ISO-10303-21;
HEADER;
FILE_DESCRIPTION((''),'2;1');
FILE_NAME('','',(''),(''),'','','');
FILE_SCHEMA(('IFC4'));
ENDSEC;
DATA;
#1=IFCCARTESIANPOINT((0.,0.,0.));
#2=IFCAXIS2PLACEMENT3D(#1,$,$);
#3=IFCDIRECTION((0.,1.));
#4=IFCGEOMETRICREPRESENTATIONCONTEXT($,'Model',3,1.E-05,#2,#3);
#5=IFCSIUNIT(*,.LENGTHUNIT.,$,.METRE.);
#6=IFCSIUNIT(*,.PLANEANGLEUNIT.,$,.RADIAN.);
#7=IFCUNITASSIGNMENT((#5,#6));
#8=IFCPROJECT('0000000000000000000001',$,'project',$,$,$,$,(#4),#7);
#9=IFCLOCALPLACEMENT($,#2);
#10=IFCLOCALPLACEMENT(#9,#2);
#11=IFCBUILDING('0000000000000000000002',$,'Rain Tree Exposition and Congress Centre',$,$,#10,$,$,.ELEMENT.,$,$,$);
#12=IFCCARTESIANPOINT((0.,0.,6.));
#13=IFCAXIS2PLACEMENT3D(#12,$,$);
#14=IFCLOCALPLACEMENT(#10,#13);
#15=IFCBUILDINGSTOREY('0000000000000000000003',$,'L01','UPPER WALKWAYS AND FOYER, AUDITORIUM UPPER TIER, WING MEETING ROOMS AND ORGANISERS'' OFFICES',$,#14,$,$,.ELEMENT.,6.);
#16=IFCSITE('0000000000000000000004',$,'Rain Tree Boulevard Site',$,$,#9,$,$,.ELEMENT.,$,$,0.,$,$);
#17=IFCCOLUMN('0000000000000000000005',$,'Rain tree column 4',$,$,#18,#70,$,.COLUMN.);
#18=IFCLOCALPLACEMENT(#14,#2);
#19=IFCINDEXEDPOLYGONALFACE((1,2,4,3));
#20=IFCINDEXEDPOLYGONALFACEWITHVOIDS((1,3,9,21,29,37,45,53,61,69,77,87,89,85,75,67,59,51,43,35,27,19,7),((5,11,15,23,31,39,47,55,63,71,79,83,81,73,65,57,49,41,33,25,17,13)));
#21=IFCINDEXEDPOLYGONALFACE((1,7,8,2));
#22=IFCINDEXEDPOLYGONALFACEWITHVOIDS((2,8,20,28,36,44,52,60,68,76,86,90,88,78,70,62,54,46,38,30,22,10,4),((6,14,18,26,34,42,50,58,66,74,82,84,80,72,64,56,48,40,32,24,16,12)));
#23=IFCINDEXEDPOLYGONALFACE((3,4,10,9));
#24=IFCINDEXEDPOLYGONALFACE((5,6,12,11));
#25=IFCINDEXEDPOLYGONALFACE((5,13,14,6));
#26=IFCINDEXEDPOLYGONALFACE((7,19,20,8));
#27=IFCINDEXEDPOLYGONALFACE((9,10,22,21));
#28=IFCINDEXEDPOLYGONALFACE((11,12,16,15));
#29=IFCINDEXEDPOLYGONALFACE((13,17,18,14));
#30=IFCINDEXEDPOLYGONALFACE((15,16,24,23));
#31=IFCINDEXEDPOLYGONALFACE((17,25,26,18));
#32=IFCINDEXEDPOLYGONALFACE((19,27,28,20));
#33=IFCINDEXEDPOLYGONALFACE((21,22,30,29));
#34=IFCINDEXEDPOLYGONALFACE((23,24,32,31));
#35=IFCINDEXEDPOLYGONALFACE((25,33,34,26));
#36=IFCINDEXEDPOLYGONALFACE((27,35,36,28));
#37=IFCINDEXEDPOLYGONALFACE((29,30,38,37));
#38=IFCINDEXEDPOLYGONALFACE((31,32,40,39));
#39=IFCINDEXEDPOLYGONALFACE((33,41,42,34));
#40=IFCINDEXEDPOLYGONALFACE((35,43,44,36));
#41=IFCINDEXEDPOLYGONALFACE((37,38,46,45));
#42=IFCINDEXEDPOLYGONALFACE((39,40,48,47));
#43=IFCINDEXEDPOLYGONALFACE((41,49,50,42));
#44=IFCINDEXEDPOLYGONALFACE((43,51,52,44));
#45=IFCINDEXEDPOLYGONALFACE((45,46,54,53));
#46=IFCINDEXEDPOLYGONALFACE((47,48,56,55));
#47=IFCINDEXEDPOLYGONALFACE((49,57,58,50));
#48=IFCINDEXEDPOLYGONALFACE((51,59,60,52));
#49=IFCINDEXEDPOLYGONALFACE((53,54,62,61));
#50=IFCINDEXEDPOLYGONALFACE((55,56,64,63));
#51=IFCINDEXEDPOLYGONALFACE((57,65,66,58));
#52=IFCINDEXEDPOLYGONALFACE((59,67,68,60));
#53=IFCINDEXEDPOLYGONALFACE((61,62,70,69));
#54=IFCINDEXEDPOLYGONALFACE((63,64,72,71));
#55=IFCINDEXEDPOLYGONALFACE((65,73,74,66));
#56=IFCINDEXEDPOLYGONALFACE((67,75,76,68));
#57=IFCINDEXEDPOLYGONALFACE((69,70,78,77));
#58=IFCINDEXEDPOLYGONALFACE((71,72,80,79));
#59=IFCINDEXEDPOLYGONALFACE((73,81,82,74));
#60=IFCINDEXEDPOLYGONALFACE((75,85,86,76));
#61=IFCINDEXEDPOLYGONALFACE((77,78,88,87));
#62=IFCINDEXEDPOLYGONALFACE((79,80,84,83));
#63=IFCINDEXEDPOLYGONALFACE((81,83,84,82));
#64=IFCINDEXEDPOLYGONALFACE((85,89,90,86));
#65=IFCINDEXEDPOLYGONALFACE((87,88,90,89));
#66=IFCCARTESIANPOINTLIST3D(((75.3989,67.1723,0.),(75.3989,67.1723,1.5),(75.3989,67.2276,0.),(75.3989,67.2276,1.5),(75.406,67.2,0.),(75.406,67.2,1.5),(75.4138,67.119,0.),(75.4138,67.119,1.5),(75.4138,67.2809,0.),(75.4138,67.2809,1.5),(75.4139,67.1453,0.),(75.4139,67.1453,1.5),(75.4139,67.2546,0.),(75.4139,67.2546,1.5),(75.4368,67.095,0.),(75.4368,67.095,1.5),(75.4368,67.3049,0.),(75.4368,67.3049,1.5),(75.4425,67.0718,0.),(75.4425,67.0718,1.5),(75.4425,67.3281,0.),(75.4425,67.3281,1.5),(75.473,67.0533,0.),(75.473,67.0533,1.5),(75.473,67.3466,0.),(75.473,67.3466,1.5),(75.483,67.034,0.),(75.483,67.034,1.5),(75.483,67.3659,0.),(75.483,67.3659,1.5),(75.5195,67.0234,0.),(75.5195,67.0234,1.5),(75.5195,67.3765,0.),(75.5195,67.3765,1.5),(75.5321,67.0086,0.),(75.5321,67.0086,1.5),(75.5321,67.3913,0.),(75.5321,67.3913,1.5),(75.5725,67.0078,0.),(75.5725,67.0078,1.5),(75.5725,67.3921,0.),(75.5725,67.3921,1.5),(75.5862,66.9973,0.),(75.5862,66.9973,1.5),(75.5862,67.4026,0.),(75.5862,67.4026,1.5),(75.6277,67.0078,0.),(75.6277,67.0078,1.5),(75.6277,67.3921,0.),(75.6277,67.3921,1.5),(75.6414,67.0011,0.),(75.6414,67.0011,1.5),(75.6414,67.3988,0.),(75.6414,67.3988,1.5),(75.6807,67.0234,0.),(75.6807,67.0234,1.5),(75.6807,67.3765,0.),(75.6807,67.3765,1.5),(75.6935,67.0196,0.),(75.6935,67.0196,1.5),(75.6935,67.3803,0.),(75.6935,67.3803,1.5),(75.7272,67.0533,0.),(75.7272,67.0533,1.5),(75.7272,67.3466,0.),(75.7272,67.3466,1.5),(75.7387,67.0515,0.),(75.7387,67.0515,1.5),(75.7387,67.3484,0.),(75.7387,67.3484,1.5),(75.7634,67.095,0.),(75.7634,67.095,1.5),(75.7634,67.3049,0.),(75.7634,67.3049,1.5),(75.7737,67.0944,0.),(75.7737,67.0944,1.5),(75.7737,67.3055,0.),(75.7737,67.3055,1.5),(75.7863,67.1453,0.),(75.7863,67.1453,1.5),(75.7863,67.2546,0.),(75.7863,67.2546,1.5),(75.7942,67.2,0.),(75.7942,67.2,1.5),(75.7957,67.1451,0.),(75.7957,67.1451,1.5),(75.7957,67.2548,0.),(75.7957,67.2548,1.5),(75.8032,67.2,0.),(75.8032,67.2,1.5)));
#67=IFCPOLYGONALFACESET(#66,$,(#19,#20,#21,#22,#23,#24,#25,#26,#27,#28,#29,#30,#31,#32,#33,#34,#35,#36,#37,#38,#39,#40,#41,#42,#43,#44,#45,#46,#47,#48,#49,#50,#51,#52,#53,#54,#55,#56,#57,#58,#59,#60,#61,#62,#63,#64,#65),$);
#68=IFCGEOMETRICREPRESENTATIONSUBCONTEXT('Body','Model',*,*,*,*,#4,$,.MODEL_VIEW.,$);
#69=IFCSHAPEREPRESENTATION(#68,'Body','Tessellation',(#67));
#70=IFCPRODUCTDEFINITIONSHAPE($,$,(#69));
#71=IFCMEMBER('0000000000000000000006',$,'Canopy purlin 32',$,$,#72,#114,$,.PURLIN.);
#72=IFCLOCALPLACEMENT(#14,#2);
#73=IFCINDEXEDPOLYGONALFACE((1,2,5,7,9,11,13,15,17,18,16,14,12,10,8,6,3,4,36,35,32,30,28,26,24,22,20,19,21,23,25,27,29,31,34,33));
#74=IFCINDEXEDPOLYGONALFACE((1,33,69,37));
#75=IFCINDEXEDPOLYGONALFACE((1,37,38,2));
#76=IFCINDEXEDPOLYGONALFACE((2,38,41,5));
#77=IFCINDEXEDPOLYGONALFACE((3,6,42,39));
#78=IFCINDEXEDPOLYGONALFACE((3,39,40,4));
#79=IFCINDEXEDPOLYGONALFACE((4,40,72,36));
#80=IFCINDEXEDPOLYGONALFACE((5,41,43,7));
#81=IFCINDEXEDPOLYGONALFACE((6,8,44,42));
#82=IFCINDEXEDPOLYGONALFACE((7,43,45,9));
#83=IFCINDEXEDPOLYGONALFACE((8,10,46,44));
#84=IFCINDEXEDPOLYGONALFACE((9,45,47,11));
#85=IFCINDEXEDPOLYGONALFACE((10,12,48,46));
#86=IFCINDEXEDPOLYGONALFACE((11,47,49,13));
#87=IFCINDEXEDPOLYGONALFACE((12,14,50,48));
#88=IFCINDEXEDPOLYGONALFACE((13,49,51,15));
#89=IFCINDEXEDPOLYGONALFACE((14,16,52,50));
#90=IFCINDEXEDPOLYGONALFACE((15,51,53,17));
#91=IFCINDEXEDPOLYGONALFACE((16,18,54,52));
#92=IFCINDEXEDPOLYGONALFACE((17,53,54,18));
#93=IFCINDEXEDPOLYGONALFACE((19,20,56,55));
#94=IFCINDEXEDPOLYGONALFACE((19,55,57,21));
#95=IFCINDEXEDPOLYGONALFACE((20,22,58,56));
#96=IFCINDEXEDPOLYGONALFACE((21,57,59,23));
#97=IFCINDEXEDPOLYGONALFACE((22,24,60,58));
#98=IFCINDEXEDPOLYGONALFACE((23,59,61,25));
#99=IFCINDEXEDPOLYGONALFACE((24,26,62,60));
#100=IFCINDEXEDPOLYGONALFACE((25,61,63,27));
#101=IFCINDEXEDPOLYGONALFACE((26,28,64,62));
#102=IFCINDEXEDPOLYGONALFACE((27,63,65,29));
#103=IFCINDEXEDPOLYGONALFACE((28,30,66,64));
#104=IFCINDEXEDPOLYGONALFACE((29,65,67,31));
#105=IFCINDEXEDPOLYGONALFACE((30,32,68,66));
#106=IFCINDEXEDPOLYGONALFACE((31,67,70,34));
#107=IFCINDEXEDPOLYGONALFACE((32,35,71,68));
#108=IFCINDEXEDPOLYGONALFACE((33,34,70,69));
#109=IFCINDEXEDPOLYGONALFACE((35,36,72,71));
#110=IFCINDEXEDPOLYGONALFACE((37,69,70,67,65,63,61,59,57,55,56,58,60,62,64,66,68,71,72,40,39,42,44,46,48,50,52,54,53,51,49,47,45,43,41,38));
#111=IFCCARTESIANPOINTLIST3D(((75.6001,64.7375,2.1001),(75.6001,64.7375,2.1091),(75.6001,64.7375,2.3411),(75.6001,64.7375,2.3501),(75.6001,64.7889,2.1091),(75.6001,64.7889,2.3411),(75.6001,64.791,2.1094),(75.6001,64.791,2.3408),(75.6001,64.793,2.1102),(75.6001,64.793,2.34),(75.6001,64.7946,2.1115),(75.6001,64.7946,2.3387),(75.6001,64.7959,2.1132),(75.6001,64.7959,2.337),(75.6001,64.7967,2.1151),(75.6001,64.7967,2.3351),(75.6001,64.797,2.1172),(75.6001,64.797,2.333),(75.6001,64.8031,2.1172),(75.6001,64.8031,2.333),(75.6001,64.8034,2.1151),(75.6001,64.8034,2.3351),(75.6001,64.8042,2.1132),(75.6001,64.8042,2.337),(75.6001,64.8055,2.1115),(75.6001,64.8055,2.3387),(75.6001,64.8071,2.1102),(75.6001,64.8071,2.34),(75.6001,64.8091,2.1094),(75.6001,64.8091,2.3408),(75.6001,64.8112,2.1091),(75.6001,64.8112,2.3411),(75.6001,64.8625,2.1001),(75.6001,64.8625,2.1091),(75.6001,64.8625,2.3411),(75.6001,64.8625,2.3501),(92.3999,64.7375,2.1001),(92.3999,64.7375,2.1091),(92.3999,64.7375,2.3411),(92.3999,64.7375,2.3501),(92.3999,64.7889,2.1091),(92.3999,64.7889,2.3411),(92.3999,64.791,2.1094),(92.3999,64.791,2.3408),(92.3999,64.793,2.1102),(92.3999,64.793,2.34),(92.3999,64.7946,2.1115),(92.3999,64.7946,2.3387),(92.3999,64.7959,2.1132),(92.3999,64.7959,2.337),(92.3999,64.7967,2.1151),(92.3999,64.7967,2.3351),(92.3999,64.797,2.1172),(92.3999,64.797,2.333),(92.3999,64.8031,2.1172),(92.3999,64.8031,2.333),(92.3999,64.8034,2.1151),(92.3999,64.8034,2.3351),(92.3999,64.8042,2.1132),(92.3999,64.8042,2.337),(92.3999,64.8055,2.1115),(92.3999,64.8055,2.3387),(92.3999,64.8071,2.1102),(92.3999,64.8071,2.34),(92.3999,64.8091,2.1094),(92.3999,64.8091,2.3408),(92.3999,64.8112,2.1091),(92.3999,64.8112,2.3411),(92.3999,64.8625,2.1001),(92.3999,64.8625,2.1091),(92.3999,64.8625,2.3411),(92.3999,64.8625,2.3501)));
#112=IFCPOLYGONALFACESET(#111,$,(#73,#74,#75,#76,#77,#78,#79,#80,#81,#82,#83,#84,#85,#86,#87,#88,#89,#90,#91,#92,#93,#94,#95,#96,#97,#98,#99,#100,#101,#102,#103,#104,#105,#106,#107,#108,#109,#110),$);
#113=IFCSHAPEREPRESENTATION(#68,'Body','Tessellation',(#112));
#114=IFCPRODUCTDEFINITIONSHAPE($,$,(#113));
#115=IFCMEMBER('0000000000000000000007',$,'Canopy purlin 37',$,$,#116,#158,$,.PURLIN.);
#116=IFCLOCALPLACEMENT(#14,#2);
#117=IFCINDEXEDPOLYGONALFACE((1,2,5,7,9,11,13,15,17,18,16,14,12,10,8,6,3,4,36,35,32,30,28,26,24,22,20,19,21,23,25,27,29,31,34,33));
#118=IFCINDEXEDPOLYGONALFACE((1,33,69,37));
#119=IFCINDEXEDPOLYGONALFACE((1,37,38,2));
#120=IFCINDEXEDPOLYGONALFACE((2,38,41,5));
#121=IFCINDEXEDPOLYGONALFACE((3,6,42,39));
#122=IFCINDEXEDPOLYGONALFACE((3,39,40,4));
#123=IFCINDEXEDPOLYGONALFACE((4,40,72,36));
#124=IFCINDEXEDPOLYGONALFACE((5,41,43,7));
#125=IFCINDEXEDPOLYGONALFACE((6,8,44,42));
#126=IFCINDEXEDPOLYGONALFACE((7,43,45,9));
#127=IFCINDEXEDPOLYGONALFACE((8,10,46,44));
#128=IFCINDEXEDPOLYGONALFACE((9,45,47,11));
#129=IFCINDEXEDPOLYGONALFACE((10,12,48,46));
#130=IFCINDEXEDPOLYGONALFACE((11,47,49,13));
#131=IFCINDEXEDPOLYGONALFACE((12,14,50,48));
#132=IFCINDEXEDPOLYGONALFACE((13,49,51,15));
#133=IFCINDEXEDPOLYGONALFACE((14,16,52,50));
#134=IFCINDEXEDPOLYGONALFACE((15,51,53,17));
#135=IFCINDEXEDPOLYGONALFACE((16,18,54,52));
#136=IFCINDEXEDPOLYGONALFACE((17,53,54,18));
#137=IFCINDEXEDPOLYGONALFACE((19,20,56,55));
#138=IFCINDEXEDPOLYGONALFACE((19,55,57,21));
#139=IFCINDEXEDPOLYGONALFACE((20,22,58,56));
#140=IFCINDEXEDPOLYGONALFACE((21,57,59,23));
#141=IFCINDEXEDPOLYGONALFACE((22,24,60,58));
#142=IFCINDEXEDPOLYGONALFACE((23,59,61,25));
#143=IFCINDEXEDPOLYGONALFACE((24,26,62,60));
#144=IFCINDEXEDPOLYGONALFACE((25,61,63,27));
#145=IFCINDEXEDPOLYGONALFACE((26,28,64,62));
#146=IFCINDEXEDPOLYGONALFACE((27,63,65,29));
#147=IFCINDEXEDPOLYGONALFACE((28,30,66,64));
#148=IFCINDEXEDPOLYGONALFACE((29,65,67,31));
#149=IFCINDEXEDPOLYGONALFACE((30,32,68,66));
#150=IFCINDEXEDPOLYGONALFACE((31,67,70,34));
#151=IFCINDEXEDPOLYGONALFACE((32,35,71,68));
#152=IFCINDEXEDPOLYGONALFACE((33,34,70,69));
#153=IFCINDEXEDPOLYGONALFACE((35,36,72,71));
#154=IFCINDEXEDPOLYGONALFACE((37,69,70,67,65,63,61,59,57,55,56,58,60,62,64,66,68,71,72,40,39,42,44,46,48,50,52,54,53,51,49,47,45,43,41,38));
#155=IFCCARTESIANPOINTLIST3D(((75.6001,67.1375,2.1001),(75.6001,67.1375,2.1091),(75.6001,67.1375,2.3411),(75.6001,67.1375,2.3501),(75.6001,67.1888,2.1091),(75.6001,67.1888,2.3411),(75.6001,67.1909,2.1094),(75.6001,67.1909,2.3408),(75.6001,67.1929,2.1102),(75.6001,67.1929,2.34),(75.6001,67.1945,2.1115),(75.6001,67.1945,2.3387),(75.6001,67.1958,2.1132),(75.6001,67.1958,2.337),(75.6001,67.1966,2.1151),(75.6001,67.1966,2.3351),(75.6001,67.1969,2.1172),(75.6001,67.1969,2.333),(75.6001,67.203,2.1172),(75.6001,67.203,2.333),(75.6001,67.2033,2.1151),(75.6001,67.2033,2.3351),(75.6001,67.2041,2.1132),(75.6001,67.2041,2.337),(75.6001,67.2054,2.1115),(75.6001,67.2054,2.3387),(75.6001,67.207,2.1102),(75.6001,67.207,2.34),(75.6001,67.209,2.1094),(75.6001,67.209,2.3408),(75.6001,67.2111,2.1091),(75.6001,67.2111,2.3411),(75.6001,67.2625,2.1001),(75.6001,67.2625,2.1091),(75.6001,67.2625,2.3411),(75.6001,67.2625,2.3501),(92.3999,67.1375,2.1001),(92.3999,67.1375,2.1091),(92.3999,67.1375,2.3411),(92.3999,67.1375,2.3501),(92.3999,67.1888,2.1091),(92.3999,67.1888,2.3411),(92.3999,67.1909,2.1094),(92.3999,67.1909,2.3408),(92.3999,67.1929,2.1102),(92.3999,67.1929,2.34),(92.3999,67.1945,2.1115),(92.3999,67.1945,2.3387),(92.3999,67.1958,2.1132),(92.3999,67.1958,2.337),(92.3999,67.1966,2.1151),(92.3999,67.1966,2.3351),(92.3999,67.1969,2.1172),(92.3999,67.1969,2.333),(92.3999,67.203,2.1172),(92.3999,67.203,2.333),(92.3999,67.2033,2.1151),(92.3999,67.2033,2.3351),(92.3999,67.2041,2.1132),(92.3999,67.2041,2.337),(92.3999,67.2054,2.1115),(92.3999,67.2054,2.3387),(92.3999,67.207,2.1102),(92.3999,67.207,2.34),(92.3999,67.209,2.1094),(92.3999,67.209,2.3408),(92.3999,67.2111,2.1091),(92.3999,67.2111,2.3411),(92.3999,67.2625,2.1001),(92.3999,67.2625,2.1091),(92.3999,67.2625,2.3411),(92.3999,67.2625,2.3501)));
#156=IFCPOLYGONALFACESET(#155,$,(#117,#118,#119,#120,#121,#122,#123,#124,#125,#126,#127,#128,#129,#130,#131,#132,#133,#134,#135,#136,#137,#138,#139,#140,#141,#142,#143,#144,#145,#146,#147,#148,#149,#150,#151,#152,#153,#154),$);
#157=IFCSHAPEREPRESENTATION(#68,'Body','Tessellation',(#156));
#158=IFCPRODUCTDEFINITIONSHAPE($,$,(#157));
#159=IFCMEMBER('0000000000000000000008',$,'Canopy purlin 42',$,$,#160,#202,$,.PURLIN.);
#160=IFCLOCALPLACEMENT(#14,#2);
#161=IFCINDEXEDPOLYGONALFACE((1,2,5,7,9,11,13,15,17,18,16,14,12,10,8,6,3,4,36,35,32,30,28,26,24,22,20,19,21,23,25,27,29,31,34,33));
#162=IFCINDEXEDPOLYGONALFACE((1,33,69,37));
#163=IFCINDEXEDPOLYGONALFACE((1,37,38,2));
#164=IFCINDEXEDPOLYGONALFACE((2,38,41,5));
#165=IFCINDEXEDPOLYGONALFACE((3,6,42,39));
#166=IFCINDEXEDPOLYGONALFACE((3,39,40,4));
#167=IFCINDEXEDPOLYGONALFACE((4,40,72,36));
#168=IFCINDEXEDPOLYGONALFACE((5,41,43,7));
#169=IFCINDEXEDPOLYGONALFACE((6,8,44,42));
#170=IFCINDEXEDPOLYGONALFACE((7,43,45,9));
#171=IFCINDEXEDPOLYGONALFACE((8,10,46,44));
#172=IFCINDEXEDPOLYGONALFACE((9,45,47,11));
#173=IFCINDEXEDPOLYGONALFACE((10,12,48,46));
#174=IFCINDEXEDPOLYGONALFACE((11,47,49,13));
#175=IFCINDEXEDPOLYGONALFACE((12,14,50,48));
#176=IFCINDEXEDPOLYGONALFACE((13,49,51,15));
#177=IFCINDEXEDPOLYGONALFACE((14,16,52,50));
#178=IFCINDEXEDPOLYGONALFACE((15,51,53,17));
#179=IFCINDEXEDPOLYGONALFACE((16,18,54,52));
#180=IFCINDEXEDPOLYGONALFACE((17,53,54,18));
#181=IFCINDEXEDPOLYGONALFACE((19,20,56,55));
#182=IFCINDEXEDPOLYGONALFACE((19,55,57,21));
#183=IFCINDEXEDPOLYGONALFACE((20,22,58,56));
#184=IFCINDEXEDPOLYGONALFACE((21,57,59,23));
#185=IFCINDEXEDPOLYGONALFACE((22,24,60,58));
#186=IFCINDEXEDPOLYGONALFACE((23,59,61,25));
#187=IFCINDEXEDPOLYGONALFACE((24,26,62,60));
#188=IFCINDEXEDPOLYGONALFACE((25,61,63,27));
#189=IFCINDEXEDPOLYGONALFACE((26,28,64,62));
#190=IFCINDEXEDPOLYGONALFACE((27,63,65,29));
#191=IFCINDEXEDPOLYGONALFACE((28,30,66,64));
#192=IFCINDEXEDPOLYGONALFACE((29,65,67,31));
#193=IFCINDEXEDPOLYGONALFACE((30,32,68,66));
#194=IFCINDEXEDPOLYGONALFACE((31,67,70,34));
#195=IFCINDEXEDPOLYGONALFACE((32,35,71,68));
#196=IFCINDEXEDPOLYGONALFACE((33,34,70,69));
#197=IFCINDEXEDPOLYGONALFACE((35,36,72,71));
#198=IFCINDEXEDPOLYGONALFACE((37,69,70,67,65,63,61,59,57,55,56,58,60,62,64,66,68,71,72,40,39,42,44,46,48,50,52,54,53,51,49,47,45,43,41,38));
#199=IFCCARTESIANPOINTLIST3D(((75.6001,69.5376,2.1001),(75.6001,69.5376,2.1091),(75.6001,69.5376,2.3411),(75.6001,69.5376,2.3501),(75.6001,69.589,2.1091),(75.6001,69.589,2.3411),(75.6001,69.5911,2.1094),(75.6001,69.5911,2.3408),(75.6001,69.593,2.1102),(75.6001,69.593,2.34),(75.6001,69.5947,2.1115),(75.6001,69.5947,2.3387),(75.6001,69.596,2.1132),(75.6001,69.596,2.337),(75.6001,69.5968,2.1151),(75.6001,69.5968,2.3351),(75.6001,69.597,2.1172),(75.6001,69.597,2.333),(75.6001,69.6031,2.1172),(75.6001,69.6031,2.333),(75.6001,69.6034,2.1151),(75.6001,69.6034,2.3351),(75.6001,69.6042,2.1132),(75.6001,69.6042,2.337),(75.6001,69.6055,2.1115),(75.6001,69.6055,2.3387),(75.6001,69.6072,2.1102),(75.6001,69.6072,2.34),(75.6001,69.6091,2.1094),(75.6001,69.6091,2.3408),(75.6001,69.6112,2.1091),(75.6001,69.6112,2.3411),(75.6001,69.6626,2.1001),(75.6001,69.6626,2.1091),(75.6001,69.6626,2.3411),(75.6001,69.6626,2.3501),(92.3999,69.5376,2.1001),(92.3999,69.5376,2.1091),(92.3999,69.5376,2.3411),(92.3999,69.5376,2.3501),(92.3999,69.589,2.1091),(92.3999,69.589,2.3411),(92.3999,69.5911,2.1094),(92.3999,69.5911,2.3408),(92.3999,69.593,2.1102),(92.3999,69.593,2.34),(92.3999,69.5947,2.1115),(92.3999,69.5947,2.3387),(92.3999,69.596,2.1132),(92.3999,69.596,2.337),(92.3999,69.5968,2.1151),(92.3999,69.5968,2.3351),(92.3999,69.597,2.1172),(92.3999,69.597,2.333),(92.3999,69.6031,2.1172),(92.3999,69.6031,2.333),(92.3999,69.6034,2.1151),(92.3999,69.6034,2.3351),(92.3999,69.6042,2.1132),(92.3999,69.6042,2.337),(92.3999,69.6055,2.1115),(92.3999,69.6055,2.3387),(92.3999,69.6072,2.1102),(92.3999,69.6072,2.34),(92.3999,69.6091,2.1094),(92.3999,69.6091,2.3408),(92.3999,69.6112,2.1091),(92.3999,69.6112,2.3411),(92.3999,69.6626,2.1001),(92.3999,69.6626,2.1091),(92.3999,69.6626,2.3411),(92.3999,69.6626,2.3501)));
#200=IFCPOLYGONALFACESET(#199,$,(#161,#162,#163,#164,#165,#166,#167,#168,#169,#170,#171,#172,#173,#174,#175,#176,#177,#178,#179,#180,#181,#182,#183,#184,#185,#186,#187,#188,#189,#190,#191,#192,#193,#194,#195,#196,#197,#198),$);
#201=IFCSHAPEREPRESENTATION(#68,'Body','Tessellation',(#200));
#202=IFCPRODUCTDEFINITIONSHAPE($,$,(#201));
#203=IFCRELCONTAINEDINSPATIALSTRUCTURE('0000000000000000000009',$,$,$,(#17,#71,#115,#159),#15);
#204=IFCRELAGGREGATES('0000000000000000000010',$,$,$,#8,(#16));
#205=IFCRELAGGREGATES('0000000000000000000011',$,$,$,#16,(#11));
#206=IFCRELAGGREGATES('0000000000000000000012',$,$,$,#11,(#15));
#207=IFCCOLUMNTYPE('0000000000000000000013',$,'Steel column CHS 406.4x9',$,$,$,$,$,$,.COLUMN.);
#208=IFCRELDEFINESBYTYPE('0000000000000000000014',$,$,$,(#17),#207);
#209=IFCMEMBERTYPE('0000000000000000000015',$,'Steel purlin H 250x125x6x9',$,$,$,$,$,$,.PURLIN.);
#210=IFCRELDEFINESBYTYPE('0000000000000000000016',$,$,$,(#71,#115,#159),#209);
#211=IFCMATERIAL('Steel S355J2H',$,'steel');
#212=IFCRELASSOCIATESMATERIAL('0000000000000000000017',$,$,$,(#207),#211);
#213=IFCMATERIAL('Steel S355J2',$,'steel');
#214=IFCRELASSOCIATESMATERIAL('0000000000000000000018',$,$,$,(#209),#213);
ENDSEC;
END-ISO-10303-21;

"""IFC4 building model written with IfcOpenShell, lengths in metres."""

from ifc_helpers import new_model, si_unit, direction, frame, origin, origin_2d, place, context, subcontext, project, spatial, hollow_circle, i_section, extrude, material, material_profile, profile_set, type_object, element, save


model = new_model("IFC4")

# Units and contexts
model_context = context("Model", 3, precision=1e-05, world=origin(), true_north=direction((0.0, 1.0)))
body_context = subcontext(model_context, "Body", "Model", "MODEL_VIEW")
ifc_project = project(units=[si_unit("LENGTHUNIT", "METRE"), si_unit("PLANEANGLEUNIT", "RADIAN")], contexts=[model_context])

# Site, building, storey
site_placement = place(None, origin())
site = spatial("IfcSite", under=ifc_project, at=site_placement, Name="Rain Tree Boulevard Site", CompositionType="ELEMENT", RefElevation=0.0)
building_placement = place(site_placement, origin())
building = spatial("IfcBuilding", under=site, at=building_placement, Name="Rain Tree Exposition and Congress Centre", CompositionType="ELEMENT")
storey_placement = place(building_placement, frame((0.0, 0.0, 6.0)))
storey = spatial("IfcBuildingStorey", under=building, at=storey_placement, Name="L01", Description="UPPER WALKWAYS AND FOYER, AUDITORIUM UPPER TIER, WING MEETING ROOMS AND ORGANISERS' OFFICES", CompositionType="ELEMENT", Elevation=6.0)

# Column
ifc_material_1 = material(Name="Steel S355J2H", Category="steel")
ifc_material_profile_1 = material_profile(ifc_material_1, hollow_circle(Radius=0.2031, WallThickness=0.009, at=origin_2d()), Name="CHS 406.4x9")
ifc_profile_set_1 = profile_set([ifc_material_profile_1], Name="Steel S355J2H")
column_type = type_object("IfcColumnType", Name="Steel column CHS 406.4x9", PredefinedType="COLUMN", material=ifc_profile_set_1)
column_placement = place(storey_placement, frame((75.6001, 67.2, 0.0), z_axis=(0.0, 0.0, 1.0), x_axis=(1.0, 0.0, 0.0)))
element("IfcColumn", 1, at=column_placement, inside=storey, type_object=column_type, Name="Rain tree column 4", PredefinedType="COLUMN", context=body_context, shape_type="SweptSolid", body=[
    extrude(hollow_circle(Radius=0.2031, WallThickness=0.009, at=origin_2d()), origin(), (0.0, 0.0, 1.0), 1.5),
])

# Members
ifc_material_2 = material(Name="Steel S355J2", Category="steel")
ifc_material_profile_2 = material_profile(ifc_material_2, i_section(OverallWidth=0.125, OverallDepth=0.25, WebThickness=0.0061, FlangeThickness=0.009, FilletRadius=0.0081, at=origin_2d()), Name="H 250x125x6x9")
ifc_profile_set_2 = profile_set([ifc_material_profile_2], Name="Steel S355J2")
member_type = type_object("IfcMemberType", Name="Steel purlin H 250x125x6x9", PredefinedType="PURLIN", material=ifc_profile_set_2)
for number, where, z_axis, x_axis, name in (
    (2, (75.6001, 64.8, 2.2251), (1.0, 0.0, 0.0), (0.0, 1.0, 0.0), "Canopy purlin 32"),
    (3, (75.6001, 67.2, 2.2251), (1.0, 0.0, 0.0), (0.0, 1.0, 0.0), "Canopy purlin 37"),
    (4, (75.6001, 69.6001, 2.2251), (1.0, 0.0, 0.0), (0.0, 1.0, 0.0), "Canopy purlin 42"),
):
    element("IfcMember", number, at=place(storey_placement, frame(where, z_axis=z_axis, x_axis=x_axis)), inside=storey, type_object=member_type, Name=name, PredefinedType="PURLIN", context=body_context, shape_type="SweptSolid", body=[
        extrude(i_section(OverallWidth=0.125, OverallDepth=0.25, WebThickness=0.0061, FlangeThickness=0.009, FilletRadius=0.0081, at=origin_2d()), origin(), (0.0, 0.0, 1.0), 16.7998),
    ])

save(model, "model.ifc")
